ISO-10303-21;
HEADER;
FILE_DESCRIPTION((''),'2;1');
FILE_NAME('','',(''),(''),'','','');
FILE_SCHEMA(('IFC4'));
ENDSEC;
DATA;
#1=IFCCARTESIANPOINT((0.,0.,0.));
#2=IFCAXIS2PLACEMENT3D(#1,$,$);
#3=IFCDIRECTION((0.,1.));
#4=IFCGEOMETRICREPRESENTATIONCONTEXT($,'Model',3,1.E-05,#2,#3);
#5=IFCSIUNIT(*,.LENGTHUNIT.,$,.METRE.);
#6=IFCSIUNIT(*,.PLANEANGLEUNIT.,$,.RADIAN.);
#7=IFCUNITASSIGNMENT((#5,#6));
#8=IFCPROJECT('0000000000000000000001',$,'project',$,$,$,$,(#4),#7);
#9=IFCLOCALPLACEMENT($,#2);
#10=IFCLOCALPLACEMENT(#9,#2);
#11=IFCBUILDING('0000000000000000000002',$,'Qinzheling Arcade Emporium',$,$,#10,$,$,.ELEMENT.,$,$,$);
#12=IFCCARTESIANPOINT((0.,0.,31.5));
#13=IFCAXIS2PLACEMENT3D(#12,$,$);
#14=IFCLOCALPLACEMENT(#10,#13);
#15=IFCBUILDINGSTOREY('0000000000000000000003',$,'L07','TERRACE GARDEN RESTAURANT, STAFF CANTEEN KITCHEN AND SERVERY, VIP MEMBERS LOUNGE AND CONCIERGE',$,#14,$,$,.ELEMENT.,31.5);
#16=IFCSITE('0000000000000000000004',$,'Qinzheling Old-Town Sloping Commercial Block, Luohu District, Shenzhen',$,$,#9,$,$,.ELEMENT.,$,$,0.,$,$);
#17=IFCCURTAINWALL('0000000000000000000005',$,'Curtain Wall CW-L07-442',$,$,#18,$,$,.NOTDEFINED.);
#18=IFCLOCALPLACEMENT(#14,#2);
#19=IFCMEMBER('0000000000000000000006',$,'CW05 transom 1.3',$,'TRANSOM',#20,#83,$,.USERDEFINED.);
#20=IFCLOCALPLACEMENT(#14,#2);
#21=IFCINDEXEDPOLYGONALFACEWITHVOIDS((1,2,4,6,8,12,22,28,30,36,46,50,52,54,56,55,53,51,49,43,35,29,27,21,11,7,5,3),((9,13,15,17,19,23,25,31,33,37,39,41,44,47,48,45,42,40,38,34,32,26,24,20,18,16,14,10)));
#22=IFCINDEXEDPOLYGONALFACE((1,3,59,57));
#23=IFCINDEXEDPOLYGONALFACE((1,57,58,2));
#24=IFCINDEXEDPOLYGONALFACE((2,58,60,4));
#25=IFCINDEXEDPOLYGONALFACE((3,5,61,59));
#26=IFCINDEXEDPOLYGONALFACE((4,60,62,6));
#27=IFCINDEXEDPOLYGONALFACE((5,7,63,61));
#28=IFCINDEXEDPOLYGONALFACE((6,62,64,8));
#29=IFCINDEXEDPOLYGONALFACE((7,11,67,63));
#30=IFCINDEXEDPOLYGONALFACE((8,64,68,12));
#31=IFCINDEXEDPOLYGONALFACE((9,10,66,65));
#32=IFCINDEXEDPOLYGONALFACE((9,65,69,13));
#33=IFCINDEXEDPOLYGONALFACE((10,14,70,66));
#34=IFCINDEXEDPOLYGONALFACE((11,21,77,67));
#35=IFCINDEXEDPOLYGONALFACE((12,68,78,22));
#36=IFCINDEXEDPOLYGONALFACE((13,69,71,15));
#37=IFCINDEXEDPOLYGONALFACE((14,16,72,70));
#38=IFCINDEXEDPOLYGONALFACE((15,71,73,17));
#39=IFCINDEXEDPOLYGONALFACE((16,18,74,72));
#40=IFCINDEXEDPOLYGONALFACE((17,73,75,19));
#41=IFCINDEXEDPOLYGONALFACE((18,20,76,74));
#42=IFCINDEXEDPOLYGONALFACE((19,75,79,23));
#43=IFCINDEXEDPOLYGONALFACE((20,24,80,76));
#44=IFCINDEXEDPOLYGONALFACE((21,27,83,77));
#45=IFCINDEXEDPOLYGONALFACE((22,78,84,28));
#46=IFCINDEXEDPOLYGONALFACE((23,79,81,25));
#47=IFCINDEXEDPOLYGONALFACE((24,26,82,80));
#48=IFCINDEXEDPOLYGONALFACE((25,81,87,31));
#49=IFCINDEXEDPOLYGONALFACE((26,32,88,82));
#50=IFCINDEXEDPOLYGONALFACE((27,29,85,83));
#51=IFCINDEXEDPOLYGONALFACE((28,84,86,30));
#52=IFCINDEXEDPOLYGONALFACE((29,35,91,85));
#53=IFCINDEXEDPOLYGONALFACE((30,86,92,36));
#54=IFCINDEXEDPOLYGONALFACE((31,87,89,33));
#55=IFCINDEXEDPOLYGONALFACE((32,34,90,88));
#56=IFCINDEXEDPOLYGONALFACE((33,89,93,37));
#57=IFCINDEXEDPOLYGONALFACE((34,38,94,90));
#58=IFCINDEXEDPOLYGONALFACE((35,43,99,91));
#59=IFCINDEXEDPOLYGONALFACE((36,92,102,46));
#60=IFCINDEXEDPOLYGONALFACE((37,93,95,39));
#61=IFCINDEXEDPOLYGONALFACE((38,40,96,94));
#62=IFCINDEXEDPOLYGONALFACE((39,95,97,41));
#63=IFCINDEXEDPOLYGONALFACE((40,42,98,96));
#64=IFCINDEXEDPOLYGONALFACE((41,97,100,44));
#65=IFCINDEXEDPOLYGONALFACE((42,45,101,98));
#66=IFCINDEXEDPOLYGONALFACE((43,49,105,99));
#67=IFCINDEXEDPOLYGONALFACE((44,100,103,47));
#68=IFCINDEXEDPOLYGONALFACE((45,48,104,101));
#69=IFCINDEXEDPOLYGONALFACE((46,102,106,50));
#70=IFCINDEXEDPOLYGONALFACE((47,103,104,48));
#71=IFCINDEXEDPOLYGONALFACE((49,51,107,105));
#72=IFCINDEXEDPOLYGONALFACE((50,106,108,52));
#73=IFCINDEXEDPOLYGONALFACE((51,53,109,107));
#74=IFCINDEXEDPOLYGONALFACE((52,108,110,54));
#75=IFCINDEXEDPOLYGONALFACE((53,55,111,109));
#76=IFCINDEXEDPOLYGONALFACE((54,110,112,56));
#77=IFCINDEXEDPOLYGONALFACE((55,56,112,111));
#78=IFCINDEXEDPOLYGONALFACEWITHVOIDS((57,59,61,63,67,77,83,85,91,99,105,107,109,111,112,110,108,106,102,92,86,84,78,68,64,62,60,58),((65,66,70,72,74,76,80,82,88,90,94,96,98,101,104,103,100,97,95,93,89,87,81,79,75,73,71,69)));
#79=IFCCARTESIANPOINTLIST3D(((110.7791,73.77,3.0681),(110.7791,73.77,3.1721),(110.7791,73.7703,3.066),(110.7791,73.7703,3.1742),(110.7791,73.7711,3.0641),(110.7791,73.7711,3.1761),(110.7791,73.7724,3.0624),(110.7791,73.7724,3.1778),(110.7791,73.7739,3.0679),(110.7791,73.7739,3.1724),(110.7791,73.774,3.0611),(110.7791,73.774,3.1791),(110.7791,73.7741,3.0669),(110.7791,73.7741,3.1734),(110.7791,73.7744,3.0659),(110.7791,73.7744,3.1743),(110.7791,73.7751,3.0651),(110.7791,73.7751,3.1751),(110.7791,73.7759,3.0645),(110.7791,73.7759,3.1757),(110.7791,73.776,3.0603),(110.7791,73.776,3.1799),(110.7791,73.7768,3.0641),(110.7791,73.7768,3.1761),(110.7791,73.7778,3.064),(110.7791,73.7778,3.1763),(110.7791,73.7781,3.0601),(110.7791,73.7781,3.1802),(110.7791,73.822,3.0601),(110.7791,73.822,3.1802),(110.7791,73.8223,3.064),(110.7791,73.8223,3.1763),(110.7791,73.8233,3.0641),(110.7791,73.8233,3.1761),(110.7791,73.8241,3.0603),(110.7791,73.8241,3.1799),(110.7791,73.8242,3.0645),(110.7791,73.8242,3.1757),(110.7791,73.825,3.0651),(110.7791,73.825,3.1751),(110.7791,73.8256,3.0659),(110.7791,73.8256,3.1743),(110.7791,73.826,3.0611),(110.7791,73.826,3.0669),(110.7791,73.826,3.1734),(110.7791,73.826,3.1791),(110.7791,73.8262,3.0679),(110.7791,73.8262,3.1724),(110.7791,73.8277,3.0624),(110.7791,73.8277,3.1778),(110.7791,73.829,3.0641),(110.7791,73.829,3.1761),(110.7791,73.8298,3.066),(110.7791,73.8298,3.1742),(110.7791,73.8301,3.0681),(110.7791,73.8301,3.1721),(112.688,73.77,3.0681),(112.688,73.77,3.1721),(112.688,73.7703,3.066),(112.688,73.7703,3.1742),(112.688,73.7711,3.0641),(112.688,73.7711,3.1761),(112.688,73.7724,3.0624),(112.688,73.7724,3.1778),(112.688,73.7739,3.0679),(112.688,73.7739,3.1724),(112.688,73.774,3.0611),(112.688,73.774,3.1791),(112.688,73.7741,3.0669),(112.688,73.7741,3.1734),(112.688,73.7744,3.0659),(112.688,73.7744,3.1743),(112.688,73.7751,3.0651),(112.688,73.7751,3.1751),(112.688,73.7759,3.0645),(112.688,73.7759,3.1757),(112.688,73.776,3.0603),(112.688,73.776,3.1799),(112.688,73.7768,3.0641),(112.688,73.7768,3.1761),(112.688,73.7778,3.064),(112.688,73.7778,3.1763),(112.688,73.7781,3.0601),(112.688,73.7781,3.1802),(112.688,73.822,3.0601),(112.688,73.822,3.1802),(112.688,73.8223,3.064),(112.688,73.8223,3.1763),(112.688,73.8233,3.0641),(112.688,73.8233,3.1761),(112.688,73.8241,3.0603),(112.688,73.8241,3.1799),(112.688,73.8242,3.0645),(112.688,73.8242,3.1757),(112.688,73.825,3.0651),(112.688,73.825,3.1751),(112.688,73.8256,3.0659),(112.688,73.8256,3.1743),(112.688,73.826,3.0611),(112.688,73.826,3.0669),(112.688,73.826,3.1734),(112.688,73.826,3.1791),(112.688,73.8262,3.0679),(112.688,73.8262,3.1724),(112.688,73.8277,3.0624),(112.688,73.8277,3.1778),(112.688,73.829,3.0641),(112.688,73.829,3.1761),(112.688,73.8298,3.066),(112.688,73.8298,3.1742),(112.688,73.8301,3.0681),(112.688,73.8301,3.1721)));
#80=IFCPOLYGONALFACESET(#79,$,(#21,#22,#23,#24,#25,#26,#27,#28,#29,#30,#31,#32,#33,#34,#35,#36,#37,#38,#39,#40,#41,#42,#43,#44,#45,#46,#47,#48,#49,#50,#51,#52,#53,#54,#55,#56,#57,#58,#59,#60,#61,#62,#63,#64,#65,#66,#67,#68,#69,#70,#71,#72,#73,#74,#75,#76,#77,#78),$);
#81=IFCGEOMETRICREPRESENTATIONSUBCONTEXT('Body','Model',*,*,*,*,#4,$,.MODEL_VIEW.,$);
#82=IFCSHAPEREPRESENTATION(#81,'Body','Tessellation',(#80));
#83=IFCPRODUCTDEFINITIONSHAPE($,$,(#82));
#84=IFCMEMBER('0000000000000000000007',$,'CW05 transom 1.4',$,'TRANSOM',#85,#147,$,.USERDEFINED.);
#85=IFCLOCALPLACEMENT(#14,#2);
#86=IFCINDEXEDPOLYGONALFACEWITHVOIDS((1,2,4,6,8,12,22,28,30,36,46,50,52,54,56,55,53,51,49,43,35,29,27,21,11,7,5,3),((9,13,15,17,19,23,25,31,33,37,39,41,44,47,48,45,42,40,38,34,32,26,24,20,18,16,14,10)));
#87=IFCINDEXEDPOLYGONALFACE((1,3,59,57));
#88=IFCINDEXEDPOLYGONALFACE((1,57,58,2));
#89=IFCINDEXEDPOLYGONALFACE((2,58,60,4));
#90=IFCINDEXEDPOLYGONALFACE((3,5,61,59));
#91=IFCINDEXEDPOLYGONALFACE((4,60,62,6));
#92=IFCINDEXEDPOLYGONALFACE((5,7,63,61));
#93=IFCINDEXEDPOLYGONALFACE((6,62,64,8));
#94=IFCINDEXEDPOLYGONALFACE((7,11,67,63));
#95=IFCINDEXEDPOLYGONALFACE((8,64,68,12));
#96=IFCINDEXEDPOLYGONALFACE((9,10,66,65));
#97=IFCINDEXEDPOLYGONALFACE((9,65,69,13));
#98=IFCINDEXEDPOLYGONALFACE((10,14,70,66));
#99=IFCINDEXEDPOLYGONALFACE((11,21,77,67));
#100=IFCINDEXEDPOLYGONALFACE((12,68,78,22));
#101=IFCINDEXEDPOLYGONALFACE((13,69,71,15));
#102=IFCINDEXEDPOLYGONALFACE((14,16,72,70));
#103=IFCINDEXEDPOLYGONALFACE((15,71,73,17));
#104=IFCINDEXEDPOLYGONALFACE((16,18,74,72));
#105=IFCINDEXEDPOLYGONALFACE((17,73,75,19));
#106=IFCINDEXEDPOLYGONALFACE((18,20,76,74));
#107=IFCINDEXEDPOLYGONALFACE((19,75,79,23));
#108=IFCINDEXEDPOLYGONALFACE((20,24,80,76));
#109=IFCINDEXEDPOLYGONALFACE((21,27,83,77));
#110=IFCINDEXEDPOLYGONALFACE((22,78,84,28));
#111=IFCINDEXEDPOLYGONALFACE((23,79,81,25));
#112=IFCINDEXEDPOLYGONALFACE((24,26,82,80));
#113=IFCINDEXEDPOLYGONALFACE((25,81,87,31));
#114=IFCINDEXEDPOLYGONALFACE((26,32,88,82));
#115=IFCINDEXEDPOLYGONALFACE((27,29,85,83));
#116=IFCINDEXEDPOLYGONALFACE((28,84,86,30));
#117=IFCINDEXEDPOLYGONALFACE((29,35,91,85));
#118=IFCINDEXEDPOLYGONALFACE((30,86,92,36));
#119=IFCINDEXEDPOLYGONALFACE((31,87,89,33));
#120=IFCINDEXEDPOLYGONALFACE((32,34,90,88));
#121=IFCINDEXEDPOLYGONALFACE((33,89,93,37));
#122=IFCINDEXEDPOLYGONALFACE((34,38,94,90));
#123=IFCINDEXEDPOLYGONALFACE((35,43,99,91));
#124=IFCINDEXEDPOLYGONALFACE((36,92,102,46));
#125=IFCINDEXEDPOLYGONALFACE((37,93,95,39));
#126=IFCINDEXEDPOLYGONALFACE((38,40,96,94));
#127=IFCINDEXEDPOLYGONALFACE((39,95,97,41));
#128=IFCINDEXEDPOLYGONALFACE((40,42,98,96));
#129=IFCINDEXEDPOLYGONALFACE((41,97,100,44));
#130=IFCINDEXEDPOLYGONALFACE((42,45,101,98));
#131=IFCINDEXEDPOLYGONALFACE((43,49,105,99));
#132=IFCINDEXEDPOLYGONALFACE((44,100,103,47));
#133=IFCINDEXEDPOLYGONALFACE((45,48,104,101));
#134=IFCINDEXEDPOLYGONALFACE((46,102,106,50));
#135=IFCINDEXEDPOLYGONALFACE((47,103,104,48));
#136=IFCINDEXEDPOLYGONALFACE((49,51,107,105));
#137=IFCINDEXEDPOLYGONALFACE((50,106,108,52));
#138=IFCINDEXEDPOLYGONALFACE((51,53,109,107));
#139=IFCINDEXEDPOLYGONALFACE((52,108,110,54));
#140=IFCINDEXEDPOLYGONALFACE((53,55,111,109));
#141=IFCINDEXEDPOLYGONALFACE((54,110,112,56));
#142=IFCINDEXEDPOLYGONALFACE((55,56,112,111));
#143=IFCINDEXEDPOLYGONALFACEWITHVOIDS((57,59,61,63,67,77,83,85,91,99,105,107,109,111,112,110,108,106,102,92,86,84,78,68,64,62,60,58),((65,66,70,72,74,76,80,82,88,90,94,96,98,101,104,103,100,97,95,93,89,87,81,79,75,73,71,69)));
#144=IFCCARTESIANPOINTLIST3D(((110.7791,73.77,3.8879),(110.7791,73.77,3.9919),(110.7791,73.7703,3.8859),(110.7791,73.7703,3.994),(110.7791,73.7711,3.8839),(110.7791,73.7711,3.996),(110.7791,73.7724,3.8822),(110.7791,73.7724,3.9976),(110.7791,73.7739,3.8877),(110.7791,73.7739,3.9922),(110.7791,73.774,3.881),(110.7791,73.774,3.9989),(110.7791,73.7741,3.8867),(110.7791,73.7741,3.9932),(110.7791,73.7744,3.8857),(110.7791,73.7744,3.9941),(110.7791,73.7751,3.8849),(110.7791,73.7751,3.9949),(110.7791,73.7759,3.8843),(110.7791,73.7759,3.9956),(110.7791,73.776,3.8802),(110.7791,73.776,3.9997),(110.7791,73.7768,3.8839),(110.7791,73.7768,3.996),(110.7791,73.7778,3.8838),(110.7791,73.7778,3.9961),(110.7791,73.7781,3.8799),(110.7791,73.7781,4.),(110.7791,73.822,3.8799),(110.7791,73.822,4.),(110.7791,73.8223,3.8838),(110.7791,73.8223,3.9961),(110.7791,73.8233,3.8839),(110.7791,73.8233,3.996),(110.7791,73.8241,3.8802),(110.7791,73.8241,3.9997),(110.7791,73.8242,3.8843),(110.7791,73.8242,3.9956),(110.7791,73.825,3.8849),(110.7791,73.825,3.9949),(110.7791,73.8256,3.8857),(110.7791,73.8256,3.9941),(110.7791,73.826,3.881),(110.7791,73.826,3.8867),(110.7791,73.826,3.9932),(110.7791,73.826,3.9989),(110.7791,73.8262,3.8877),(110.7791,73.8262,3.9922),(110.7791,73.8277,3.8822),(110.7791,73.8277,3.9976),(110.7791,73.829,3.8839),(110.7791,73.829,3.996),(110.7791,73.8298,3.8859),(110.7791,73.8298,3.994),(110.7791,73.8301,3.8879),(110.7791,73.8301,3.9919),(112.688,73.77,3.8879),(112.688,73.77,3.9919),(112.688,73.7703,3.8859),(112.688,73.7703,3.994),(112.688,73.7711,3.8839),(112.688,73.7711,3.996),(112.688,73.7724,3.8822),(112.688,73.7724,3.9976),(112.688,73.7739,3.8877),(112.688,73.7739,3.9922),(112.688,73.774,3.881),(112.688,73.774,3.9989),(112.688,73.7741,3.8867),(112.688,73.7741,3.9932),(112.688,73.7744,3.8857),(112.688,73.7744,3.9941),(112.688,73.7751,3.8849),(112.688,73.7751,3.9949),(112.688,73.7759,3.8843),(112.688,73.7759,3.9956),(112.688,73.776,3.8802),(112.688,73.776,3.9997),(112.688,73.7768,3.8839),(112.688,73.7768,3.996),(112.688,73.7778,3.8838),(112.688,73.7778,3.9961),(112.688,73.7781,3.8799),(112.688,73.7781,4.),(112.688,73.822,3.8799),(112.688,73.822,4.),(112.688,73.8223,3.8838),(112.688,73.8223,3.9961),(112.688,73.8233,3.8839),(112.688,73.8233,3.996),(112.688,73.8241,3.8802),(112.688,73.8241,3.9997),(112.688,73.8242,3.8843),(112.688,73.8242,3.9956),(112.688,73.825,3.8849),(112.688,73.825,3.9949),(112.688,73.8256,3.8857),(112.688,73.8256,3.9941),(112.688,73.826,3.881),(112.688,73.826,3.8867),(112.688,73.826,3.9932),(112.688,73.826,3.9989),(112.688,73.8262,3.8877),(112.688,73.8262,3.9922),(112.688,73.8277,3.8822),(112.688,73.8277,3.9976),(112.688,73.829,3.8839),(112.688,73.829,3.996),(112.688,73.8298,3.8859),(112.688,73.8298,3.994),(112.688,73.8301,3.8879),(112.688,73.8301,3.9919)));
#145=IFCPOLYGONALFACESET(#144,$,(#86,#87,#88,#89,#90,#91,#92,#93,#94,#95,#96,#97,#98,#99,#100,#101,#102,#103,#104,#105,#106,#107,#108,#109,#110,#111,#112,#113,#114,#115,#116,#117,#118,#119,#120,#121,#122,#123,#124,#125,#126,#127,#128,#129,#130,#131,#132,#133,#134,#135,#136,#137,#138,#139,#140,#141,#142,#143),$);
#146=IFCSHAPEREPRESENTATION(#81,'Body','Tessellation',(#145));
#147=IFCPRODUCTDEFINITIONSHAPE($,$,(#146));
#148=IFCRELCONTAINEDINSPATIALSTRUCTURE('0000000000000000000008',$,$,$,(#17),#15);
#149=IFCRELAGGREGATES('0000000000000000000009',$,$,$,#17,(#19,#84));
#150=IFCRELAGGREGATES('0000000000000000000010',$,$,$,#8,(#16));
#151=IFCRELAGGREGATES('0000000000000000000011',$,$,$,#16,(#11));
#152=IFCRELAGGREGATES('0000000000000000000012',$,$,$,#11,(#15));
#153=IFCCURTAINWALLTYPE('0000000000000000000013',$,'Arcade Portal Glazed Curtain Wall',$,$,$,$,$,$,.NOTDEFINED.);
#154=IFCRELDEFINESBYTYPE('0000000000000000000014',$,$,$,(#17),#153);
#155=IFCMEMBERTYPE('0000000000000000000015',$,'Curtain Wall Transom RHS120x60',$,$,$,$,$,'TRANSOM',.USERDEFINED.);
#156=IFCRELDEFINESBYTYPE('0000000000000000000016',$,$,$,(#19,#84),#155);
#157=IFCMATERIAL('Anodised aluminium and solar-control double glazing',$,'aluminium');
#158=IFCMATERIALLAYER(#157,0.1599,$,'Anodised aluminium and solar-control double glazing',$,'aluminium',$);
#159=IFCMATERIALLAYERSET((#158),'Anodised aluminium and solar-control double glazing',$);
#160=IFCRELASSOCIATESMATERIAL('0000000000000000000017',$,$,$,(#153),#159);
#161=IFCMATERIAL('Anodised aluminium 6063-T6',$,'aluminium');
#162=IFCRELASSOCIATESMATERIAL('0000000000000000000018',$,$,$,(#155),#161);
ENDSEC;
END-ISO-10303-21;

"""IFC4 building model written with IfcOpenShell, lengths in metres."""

from ifc_helpers import new_model, si_unit, direction, frame, origin, origin_2d, place, context, subcontext, project, spatial, hollow_rectangle, extrude, material, layer, layer_set, material_profile, profile_set, type_object, element, aggregate, save


model = new_model("IFC4")

# Units and contexts
model_context = context("Model", 3, precision=1e-05, world=origin(), true_north=direction((0.0, 1.0)))
body_context = subcontext(model_context, "Body", "Model", "MODEL_VIEW")
ifc_project = project(units=[si_unit("LENGTHUNIT", "METRE"), si_unit("PLANEANGLEUNIT", "RADIAN")], contexts=[model_context])

# Site, building, storey
site_placement = place(None, origin())
site = spatial("IfcSite", under=ifc_project, at=site_placement, Name="Qinzheling Old-Town Sloping Commercial Block, Luohu District, Shenzhen", CompositionType="ELEMENT", RefElevation=0.0)
building_placement = place(site_placement, origin())
building = spatial("IfcBuilding", under=site, at=building_placement, Name="Qinzheling Arcade Emporium", CompositionType="ELEMENT")
storey_placement = place(building_placement, frame((0.0, 0.0, 31.5)))
storey = spatial("IfcBuildingStorey", under=building, at=storey_placement, Name="L07", Description="TERRACE GARDEN RESTAURANT, STAFF CANTEEN KITCHEN AND SERVERY, VIP MEMBERS LOUNGE AND CONCIERGE", CompositionType="ELEMENT", Elevation=31.5)

# Shared definitions
ifc_material_1 = material(Name="Anodised aluminium and solar-control double glazing", Category="aluminium")
ifc_layer_1 = layer(ifc_material_1, 0.1599, Name="Anodised aluminium and solar-control double glazing", Category="aluminium")
ifc_layer_set_1 = layer_set([ifc_layer_1], Name="Anodised aluminium and solar-control double glazing")
curtain_wall_type = type_object("IfcCurtainWallType", Name="Arcade Portal Glazed Curtain Wall", PredefinedType="NOTDEFINED", material=ifc_layer_set_1)
ifc_material_2 = material(Name="Anodised aluminium 6063-T6", Category="aluminium")

# Curtain wall, members
curtain_wall_1_placement = place(storey_placement, origin())
curtain_wall_1 = element("IfcCurtainWall", 1, at=curtain_wall_1_placement, inside=storey, type_object=curtain_wall_type, Name="Curtain Wall CW-L07-442", PredefinedType="NOTDEFINED")
ifc_material_profile_1 = material_profile(ifc_material_2, hollow_rectangle(XDim=0.0601, YDim=0.1201, WallThickness=0.0039, InnerFilletRadius=0.0039, OuterFilletRadius=0.0081, at=origin_2d()), Name="RHS 120x60x4", Category="aluminium")
ifc_profile_set_1 = profile_set([ifc_material_profile_1], Name="Anodised aluminium 6063-T6")
member_type_1 = type_object("IfcMemberType", Name="Curtain Wall Transom RHS120x60", ElementType="TRANSOM", PredefinedType="USERDEFINED", material=ifc_profile_set_1)
member_1_placement = place(storey_placement, frame((112.688, 73.8, 3.1201), z_axis=(-1.0, 0.0, 0.0), x_axis=(0.0, -1.0, 0.0)))
member_1 = element("IfcMember", 2, at=member_1_placement, type_object=member_type_1, Name="CW05 transom 1.3", ObjectType="TRANSOM", PredefinedType="USERDEFINED", context=body_context, shape_type="SweptSolid", body=[
    extrude(hollow_rectangle(XDim=0.0601, YDim=0.1201, WallThickness=0.0039, InnerFilletRadius=0.0039, OuterFilletRadius=0.0081, at=origin_2d()), origin(), (0.0, 0.0, 1.0), 1.9089),
])
member_2_placement = place(storey_placement, frame((112.688, 73.8, 3.9399), z_axis=(-1.0, 0.0, 0.0), x_axis=(0.0, -1.0, 0.0)))
member_2 = element("IfcMember", 3, at=member_2_placement, type_object=member_type_1, Name="CW05 transom 1.4", ObjectType="TRANSOM", PredefinedType="USERDEFINED", context=body_context, shape_type="SweptSolid", body=[
    extrude(hollow_rectangle(XDim=0.0601, YDim=0.1201, WallThickness=0.0039, InnerFilletRadius=0.0039, OuterFilletRadius=0.0081, at=origin_2d()), origin(), (0.0, 0.0, 1.0), 1.9089),
])

aggregate(curtain_wall_1, [member_1, member_2])

save(model, "model.ifc")
